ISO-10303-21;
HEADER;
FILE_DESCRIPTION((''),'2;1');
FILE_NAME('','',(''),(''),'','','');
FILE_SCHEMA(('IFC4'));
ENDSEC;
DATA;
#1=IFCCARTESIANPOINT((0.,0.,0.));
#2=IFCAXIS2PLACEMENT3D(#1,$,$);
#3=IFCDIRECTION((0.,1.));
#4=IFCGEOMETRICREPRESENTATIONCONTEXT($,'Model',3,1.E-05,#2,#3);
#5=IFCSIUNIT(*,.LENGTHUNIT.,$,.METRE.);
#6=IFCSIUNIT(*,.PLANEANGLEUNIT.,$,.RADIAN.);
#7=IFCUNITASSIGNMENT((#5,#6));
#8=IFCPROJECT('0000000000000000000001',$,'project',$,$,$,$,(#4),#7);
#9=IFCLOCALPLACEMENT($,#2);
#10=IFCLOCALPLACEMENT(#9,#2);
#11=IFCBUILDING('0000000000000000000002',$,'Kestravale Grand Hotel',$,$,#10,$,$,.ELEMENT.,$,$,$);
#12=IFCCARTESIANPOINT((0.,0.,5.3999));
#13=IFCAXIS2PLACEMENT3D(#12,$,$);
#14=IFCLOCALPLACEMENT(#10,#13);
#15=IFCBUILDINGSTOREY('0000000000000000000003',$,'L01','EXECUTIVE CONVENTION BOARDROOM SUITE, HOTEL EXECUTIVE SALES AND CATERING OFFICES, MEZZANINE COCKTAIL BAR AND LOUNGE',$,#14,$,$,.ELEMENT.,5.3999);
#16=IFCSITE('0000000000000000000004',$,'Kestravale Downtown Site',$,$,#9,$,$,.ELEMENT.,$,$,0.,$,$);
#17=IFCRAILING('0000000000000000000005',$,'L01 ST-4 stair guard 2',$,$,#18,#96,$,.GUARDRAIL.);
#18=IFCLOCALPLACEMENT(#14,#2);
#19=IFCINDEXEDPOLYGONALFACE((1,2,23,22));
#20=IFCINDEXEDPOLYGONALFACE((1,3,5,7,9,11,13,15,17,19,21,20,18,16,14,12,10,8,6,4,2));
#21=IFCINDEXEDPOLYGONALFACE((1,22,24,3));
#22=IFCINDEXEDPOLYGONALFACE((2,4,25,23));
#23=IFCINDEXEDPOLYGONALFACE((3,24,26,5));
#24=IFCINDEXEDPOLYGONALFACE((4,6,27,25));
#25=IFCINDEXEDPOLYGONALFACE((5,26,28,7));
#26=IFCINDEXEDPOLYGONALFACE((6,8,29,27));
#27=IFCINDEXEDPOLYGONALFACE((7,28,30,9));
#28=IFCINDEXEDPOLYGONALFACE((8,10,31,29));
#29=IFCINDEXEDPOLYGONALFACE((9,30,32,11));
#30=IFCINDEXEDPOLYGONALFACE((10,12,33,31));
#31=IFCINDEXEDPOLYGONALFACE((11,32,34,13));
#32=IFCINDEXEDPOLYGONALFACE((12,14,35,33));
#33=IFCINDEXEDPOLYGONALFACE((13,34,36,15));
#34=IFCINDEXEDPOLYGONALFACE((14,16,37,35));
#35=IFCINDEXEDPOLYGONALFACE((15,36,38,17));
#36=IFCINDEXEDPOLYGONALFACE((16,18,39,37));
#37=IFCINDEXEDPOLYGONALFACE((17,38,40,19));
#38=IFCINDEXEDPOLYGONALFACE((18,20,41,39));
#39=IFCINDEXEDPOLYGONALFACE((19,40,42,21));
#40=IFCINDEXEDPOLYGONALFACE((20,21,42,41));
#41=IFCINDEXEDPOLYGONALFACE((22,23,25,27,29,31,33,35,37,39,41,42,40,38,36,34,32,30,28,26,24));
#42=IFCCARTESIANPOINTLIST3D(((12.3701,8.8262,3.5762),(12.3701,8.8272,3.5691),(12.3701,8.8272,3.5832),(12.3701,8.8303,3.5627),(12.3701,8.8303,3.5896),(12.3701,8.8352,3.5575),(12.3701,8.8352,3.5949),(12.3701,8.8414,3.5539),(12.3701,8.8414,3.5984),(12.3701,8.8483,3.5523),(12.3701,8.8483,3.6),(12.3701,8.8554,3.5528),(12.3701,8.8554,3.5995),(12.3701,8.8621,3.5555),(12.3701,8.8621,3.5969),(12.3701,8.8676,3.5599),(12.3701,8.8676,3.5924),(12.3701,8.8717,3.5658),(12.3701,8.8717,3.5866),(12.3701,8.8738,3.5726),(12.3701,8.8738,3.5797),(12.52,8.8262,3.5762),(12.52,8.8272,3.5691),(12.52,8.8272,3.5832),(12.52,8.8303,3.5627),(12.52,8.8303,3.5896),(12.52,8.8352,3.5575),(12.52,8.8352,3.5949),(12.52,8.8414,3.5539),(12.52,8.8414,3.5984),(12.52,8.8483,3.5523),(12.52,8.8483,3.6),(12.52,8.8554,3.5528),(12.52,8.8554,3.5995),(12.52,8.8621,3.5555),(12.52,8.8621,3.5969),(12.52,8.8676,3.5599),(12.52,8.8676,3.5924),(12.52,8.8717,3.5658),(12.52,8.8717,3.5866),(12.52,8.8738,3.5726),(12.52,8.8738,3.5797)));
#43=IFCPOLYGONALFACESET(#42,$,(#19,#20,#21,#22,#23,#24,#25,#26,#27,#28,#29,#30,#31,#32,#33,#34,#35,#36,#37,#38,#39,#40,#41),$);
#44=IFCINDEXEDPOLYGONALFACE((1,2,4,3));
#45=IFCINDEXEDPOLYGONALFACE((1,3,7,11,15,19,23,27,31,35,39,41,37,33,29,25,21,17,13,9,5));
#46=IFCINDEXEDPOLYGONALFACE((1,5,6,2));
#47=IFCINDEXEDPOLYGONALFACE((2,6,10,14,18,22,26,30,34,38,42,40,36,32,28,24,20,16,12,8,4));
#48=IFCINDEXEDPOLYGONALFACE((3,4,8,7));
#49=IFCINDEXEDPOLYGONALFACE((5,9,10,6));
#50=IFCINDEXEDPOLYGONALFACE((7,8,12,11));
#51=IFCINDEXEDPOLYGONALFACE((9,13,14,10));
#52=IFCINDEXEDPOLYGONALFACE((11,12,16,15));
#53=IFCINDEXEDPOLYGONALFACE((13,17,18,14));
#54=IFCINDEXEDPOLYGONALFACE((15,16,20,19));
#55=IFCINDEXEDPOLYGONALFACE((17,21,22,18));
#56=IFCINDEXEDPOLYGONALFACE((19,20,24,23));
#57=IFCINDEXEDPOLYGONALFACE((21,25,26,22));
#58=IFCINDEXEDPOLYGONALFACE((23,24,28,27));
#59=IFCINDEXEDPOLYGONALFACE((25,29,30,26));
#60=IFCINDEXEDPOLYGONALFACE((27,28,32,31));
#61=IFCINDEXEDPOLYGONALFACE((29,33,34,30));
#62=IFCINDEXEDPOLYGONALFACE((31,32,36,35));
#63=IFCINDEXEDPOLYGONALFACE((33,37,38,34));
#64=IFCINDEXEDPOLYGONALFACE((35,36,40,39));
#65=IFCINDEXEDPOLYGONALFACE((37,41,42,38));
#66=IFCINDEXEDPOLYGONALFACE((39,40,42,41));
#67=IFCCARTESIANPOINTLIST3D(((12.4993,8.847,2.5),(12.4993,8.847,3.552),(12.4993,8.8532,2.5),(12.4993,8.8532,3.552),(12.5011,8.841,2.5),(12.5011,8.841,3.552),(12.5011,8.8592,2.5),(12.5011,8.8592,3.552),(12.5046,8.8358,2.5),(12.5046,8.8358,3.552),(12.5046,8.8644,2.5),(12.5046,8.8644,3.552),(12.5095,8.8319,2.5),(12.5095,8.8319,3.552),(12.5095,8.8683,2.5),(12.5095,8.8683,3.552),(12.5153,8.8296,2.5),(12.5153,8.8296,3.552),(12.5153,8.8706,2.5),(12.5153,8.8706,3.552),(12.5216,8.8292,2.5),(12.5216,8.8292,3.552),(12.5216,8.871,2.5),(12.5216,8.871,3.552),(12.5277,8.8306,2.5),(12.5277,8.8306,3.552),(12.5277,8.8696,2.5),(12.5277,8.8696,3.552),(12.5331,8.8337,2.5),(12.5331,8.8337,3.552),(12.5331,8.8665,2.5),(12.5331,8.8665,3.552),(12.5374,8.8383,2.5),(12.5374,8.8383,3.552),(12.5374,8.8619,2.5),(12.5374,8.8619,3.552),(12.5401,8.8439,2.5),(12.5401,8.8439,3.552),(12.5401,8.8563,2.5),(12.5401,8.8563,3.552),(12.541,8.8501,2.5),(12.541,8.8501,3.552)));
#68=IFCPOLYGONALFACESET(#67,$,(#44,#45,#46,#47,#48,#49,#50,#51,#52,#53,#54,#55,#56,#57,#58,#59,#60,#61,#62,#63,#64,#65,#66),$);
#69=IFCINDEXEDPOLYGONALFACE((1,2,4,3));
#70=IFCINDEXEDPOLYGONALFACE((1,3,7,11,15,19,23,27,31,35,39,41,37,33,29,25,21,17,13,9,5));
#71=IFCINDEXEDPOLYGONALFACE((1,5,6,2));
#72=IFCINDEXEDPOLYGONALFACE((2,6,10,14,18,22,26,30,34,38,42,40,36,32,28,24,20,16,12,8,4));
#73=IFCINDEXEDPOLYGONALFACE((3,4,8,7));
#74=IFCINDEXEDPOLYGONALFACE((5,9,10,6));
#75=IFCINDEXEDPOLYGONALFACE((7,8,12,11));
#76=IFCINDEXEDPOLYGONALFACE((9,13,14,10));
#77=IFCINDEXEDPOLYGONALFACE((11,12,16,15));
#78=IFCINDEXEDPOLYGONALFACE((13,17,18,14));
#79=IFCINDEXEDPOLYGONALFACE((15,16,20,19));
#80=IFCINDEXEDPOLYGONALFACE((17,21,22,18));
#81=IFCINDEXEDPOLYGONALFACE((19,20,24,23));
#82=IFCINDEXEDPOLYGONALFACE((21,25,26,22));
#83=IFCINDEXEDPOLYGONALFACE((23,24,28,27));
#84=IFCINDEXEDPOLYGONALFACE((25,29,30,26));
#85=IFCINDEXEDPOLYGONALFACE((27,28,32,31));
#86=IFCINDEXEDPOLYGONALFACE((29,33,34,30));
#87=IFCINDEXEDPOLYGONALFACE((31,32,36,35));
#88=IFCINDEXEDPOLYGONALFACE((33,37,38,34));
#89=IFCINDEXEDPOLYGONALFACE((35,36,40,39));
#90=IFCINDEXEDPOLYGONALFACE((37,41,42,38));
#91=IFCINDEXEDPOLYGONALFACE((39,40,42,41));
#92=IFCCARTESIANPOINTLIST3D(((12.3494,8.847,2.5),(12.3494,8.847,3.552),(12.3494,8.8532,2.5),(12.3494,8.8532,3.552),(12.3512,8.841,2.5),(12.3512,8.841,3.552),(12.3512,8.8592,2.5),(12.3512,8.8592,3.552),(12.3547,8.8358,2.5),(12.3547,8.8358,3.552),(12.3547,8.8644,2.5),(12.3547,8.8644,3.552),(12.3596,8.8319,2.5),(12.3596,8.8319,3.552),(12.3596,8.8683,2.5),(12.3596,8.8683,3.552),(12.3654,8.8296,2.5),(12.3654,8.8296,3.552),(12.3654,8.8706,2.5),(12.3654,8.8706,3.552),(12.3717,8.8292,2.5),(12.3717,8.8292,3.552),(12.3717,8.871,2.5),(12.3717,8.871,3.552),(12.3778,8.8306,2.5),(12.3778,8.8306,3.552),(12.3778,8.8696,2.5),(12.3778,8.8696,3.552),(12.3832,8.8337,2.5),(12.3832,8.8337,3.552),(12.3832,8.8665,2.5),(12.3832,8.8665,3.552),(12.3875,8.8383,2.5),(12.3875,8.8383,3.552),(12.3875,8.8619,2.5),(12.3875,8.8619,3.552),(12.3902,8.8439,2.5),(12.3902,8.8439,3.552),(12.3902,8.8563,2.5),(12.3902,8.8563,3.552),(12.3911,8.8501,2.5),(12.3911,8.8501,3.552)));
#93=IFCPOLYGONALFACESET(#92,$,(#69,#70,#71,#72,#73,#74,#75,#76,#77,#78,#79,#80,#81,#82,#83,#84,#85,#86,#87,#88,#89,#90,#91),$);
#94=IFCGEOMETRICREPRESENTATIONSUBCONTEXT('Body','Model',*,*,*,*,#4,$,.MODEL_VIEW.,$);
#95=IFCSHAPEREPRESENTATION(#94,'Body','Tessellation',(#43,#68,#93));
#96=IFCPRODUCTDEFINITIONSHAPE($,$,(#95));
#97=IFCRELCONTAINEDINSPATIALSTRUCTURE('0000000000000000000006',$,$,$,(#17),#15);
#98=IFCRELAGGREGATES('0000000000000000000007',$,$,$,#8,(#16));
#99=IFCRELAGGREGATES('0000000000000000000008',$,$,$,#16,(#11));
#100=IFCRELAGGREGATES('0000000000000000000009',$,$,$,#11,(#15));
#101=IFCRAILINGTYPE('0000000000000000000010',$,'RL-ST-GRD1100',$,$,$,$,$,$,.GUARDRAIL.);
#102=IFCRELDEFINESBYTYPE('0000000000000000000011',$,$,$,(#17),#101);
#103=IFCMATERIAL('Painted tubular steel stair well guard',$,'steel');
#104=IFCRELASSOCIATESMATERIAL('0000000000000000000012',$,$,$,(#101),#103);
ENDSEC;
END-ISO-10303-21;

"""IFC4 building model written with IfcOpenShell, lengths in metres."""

from ifc_helpers import new_model, si_unit, direction, frame, origin, origin_2d, place, context, subcontext, project, spatial, circle, extrude, material, type_object, element, save


model = new_model("IFC4")

# Units and contexts
model_context = context("Model", 3, precision=1e-05, world=origin(), true_north=direction((0.0, 1.0)))
body_context = subcontext(model_context, "Body", "Model", "MODEL_VIEW")
ifc_project = project(units=[si_unit("LENGTHUNIT", "METRE"), si_unit("PLANEANGLEUNIT", "RADIAN")], contexts=[model_context])

# Site, building, storey
site_placement = place(None, origin())
site = spatial("IfcSite", under=ifc_project, at=site_placement, Name="Kestravale Downtown Site", CompositionType="ELEMENT", RefElevation=0.0)
building_placement = place(site_placement, origin())
building = spatial("IfcBuilding", under=site, at=building_placement, Name="Kestravale Grand Hotel", CompositionType="ELEMENT")
storey_placement = place(building_placement, frame((0.0, 0.0, 5.3999)))
storey = spatial("IfcBuildingStorey", under=building, at=storey_placement, Name="L01", Description="EXECUTIVE CONVENTION BOARDROOM SUITE, HOTEL EXECUTIVE SALES AND CATERING OFFICES, MEZZANINE COCKTAIL BAR AND LOUNGE", CompositionType="ELEMENT", Elevation=5.3999)

# Railing
ifc_material_1 = material(Name="Painted tubular steel stair well guard", Category="steel")
railing_type_1 = type_object("IfcRailingType", Name="RL-ST-GRD1100", PredefinedType="GUARDRAIL", material=ifc_material_1)
railing_1_placement = place(storey_placement, frame((12.52, 8.8501, 2.5)))
element("IfcRailing", 1, at=railing_1_placement, inside=storey, type_object=railing_type_1, Name="L01 ST-4 stair guard 2", PredefinedType="GUARDRAIL", context=body_context, shape_type="SweptSolid", body=[
    extrude(circle(Radius=0.0239, at=origin_2d()), frame((0.0, 0.0, 1.0762), z_axis=(-1.0, 0.0, 0.0), x_axis=(0.0, -1.0, 0.0)), (0.0, 0.0, 1.0), 0.1499),
    extrude(circle(Radius=0.021, at=origin_2d()), origin(), (0.0, 0.0, 1.0), 1.052),
    extrude(circle(Radius=0.021, at=origin_2d()), frame((-0.1499, 0.0, 0.0)), (0.0, 0.0, 1.0), 1.052),
])

save(model, "model.ifc")
